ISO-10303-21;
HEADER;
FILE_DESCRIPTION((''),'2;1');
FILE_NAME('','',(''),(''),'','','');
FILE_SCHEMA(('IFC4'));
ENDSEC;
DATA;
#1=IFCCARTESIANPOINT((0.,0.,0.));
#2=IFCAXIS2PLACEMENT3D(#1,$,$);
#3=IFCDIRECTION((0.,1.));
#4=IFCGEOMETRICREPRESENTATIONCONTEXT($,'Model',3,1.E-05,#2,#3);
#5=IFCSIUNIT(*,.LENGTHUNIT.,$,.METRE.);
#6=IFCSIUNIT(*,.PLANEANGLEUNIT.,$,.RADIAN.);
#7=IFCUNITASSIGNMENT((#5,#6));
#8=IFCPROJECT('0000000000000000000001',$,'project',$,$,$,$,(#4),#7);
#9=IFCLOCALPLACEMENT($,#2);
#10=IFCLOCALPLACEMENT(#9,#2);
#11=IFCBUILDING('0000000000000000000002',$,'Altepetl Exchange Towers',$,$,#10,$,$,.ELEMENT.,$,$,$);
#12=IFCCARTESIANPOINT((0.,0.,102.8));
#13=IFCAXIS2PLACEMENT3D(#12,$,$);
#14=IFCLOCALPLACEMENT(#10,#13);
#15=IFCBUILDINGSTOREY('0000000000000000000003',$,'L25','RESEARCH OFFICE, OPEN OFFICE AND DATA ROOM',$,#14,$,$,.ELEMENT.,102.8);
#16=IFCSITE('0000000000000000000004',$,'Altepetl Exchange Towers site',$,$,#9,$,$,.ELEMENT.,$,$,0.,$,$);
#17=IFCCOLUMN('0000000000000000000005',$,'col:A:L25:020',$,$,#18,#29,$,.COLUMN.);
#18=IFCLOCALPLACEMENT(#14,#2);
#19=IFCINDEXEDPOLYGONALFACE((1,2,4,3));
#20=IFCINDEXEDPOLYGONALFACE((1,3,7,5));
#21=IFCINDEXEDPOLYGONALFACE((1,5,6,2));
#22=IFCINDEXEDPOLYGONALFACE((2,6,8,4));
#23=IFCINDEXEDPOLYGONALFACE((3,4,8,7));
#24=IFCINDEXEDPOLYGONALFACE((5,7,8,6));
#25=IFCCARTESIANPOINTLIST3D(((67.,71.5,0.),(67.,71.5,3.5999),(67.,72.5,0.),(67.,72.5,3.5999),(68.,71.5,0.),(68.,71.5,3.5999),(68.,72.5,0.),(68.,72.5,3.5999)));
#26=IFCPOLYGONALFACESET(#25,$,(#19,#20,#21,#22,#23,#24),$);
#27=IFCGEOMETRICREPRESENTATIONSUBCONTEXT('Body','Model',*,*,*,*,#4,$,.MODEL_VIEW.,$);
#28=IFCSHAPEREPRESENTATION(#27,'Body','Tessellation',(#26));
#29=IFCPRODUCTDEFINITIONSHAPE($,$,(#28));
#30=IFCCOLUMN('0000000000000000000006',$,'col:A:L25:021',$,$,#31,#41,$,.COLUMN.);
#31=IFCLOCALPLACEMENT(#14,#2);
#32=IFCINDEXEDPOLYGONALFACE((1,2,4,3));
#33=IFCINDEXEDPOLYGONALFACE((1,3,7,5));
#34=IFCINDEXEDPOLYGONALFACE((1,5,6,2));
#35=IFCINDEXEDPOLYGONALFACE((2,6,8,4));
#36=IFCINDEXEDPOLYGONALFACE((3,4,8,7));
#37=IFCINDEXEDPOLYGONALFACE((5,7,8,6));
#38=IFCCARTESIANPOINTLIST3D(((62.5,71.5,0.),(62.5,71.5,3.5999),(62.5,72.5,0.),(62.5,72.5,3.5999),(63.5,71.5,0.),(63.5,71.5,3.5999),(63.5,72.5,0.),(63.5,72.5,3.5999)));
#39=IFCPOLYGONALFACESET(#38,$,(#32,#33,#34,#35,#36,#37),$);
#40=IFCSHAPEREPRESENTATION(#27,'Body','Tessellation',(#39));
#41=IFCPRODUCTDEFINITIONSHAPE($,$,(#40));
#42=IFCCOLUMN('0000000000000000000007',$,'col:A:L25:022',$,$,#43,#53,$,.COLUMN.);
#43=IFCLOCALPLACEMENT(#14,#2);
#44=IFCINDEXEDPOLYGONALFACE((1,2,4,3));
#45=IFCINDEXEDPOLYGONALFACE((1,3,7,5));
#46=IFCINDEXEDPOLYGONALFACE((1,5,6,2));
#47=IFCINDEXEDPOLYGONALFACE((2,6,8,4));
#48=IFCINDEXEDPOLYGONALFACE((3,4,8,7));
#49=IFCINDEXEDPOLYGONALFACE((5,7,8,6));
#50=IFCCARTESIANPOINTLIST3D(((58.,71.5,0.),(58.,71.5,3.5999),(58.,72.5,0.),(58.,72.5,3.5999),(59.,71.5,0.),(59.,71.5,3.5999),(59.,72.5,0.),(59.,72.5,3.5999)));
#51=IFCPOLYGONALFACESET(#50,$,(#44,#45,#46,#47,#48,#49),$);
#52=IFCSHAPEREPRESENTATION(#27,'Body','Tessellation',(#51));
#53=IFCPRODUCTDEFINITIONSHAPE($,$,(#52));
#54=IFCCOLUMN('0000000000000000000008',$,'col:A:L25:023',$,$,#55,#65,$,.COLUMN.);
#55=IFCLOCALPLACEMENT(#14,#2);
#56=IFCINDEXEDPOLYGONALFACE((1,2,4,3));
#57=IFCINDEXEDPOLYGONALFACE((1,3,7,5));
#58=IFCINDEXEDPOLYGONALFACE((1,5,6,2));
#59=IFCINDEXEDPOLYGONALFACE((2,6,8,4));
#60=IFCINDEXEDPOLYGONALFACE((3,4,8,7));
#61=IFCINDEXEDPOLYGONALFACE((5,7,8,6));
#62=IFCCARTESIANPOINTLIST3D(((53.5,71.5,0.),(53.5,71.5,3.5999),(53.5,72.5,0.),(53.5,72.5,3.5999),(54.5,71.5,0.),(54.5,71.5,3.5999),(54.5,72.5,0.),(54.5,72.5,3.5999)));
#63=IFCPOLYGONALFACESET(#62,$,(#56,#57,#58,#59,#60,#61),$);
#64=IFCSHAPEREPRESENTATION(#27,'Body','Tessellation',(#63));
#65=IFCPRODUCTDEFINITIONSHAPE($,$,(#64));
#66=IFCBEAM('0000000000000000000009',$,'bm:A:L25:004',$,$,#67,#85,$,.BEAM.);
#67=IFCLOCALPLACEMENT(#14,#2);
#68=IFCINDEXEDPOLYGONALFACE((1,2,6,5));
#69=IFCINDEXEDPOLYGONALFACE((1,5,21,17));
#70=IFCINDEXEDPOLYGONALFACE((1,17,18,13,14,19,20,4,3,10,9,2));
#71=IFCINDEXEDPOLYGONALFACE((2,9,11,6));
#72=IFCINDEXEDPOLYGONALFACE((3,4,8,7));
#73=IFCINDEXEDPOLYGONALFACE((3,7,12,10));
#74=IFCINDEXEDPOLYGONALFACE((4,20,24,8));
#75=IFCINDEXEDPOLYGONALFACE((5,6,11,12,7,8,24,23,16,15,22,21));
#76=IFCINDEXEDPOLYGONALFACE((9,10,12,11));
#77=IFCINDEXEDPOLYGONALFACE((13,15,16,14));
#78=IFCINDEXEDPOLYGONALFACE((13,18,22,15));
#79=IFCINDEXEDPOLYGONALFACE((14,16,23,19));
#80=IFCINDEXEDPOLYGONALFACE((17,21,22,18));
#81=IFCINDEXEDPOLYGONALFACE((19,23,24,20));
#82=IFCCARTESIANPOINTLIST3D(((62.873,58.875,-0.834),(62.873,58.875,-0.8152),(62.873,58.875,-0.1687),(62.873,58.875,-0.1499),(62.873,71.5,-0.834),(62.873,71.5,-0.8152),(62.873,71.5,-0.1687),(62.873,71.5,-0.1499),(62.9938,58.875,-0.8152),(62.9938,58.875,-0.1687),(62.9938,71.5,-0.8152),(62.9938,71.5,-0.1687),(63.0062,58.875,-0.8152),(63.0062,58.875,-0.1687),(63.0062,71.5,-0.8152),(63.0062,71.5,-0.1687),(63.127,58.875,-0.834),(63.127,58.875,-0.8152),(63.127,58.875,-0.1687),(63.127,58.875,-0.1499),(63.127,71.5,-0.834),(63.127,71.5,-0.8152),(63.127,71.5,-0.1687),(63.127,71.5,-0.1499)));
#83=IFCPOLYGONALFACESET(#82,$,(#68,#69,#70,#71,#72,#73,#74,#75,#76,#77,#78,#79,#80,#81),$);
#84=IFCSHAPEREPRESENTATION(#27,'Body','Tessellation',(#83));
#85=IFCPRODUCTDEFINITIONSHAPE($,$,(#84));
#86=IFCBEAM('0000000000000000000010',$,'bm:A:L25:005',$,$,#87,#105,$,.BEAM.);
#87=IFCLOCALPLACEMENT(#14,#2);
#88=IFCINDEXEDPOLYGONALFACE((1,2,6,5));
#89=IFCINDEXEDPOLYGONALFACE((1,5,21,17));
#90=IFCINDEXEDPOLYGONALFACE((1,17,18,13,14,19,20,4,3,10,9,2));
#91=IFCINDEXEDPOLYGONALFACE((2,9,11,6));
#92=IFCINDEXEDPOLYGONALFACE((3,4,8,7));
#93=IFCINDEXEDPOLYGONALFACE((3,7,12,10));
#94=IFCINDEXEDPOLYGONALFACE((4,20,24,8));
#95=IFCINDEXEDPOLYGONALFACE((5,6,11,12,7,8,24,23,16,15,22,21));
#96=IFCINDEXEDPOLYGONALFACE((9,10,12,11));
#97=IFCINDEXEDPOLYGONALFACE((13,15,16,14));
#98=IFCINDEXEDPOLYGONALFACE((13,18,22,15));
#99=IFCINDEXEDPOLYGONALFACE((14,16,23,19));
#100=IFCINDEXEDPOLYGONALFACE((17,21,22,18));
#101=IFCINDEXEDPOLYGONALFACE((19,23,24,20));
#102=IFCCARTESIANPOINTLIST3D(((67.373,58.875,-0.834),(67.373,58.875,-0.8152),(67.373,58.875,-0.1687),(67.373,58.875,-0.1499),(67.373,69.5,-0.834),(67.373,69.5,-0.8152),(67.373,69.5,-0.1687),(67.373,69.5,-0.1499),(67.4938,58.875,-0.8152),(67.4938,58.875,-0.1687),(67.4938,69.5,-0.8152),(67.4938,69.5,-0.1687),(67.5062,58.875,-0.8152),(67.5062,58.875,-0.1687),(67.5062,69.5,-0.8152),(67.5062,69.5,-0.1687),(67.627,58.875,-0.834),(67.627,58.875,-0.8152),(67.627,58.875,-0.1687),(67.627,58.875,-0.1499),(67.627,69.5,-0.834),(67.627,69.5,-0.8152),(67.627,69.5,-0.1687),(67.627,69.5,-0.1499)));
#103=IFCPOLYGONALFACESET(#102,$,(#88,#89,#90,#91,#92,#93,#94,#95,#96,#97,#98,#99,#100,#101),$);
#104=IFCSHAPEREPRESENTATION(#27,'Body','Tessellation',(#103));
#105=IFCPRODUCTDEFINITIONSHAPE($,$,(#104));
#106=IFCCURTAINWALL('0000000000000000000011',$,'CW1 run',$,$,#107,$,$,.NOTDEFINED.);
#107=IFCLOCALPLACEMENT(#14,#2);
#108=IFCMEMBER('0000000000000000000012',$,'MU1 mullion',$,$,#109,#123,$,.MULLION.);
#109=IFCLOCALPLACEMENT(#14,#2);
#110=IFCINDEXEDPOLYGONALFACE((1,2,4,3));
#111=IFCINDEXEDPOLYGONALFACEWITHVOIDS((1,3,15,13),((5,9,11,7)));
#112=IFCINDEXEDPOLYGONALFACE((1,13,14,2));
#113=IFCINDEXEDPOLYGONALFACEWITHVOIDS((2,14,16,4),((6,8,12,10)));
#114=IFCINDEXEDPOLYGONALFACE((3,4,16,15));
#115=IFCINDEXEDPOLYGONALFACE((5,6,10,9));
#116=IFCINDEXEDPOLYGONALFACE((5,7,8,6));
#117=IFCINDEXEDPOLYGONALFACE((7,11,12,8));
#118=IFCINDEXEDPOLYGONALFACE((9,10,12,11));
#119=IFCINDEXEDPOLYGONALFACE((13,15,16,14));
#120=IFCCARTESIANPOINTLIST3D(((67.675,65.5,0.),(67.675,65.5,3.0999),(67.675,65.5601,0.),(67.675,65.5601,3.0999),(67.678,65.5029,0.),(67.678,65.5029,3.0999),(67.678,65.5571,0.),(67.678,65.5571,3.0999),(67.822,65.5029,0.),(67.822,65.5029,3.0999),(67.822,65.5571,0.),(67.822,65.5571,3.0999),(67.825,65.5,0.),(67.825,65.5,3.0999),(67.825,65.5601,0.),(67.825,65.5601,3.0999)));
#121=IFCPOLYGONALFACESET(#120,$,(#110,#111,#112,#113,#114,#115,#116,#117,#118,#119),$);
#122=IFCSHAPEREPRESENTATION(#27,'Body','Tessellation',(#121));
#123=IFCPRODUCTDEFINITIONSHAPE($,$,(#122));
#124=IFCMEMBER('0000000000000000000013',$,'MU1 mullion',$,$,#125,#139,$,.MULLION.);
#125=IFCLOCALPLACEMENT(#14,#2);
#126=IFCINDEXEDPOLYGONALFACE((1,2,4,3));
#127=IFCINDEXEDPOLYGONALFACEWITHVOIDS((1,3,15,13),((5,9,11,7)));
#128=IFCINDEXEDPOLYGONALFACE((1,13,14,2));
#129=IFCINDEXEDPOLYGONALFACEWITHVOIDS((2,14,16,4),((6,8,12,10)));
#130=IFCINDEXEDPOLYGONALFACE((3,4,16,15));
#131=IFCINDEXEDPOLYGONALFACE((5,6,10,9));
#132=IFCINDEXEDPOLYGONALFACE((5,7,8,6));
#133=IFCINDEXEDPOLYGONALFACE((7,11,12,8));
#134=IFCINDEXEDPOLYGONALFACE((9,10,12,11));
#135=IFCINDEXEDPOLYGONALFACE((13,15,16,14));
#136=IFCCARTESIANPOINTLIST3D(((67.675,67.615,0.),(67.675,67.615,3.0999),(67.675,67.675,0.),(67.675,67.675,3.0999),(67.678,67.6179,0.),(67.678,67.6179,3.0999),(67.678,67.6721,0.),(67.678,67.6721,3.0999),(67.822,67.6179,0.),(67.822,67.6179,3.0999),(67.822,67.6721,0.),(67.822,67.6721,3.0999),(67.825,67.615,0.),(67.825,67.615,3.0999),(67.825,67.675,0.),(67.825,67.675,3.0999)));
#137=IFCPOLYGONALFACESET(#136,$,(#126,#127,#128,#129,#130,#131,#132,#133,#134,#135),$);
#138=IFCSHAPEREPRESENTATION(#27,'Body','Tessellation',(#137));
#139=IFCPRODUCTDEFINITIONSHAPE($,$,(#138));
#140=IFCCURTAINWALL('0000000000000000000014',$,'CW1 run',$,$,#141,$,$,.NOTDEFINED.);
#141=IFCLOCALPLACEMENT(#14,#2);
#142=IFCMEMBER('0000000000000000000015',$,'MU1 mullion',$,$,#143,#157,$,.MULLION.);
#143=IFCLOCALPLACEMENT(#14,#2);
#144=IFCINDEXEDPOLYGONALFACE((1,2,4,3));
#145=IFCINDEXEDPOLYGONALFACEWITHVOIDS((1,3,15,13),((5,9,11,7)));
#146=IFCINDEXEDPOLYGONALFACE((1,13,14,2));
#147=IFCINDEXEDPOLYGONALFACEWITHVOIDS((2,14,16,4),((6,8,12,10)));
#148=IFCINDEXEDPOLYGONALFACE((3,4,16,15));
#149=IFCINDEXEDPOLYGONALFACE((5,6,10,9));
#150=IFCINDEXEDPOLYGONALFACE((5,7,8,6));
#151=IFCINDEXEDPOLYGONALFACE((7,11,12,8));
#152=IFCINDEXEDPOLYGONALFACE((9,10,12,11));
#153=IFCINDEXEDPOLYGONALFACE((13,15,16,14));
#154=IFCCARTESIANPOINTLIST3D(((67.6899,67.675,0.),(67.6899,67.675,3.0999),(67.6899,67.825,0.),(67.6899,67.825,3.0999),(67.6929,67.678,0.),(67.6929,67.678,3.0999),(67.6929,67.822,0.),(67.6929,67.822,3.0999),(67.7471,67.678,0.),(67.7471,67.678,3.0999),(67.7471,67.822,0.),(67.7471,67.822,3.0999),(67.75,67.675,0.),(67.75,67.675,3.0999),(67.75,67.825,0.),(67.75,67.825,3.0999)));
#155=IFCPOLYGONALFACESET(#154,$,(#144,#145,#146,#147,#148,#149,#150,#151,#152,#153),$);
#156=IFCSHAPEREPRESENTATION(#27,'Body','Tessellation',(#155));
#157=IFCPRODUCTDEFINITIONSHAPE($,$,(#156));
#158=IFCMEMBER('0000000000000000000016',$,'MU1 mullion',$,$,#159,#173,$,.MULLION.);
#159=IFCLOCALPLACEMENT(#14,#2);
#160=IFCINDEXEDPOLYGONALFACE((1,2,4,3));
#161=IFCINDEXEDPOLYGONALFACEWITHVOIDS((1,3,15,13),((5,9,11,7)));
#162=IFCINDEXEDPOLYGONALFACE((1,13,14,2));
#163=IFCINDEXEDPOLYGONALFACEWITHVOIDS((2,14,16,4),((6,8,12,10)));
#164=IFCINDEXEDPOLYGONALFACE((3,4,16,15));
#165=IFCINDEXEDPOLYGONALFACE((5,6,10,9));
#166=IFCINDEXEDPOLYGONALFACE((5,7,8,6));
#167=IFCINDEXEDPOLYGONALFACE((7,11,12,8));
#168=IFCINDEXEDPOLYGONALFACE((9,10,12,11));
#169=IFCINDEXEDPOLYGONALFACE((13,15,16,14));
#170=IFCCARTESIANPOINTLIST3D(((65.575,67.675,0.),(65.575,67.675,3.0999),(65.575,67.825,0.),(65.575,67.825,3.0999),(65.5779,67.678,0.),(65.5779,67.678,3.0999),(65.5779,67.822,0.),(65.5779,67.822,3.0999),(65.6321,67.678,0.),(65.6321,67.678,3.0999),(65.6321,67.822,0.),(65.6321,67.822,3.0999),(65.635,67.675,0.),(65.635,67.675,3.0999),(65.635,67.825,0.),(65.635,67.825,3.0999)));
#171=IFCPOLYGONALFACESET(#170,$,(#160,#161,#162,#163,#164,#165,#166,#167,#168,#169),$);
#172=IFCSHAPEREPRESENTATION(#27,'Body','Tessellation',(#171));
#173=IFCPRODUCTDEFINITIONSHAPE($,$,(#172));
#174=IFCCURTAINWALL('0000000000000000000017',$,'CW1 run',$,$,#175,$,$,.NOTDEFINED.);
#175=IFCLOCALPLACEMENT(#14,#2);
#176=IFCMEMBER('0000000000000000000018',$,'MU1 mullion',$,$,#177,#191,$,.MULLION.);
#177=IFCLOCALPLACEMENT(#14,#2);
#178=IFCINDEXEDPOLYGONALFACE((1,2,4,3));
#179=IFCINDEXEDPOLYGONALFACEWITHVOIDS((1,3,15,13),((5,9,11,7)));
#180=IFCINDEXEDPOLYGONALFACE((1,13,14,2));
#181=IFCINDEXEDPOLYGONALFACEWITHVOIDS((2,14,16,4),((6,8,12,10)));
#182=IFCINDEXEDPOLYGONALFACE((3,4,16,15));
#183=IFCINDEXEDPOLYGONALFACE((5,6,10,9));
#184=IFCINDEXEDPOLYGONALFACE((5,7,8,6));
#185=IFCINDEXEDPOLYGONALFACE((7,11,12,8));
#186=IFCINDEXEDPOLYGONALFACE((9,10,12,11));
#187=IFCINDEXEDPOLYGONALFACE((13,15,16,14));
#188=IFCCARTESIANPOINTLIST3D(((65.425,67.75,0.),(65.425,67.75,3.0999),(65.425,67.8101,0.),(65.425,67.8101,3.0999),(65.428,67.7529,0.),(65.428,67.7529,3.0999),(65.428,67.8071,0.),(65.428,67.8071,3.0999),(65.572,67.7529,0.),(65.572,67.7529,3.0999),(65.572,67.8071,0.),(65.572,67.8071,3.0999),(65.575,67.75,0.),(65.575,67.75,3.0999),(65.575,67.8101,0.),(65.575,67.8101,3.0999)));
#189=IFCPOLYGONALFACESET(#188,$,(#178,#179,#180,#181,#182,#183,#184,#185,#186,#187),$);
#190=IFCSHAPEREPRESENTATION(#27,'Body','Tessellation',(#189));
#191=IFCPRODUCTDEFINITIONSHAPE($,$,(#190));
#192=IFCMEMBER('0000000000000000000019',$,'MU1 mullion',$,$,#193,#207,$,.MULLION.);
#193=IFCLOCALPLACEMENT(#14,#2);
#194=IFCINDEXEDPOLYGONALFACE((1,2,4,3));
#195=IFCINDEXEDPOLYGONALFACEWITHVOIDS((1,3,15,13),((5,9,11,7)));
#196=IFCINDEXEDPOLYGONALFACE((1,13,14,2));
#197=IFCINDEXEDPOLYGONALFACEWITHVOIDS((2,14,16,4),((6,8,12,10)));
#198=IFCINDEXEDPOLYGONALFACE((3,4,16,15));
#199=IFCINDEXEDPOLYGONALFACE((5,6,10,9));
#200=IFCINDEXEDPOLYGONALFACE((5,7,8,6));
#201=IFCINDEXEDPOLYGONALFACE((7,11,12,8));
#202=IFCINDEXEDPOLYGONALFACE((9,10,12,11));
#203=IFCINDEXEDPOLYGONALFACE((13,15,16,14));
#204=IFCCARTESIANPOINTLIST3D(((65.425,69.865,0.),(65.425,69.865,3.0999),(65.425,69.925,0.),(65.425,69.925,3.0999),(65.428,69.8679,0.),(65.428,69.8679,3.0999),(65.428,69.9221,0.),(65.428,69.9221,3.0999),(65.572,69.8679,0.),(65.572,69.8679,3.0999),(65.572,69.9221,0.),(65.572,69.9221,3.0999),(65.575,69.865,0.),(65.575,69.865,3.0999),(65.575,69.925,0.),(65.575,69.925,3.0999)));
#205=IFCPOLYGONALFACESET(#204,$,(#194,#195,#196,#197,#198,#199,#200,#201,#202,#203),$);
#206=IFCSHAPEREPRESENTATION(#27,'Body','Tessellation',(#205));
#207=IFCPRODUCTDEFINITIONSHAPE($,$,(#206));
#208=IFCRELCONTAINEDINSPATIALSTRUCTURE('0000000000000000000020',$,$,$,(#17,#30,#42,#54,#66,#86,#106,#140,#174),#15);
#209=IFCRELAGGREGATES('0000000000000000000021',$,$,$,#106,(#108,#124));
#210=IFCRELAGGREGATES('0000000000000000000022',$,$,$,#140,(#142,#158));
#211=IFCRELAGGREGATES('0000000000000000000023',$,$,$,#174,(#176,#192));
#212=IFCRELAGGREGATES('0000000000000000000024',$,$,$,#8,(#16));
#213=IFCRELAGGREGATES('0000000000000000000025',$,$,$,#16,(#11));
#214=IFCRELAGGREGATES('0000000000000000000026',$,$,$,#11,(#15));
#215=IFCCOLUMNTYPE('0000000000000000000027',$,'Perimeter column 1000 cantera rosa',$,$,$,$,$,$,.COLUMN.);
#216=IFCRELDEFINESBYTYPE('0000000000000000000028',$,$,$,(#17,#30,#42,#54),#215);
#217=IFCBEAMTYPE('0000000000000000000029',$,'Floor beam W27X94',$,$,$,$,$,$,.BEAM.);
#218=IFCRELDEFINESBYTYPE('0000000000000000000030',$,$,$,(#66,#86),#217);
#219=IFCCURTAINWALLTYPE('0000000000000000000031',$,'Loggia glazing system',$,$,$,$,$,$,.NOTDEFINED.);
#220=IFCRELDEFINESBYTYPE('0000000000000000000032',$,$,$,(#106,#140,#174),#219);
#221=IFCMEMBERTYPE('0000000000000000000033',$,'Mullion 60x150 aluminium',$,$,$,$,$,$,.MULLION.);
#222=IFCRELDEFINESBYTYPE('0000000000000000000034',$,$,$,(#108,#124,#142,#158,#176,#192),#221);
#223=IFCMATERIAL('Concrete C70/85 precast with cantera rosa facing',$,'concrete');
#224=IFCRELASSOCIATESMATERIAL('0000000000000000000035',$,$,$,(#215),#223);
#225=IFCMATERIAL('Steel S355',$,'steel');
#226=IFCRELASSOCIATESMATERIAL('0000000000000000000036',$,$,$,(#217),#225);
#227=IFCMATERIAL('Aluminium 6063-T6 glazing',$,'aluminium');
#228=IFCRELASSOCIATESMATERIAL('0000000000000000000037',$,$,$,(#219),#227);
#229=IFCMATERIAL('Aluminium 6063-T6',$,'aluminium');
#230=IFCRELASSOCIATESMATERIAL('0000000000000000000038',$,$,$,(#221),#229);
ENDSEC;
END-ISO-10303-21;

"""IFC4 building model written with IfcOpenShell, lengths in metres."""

from ifc_helpers import new_model, si_unit, direction, frame, origin, origin_2d, place, context, subcontext, project, spatial, rectangle, hollow_rectangle, i_section, extrude, material, material_profile, profile_set, type_object, element, aggregate, save


model = new_model("IFC4")

# Units and contexts
model_context = context("Model", 3, precision=1e-05, world=origin(), true_north=direction((0.0, 1.0)))
body_context = subcontext(model_context, "Body", "Model", "MODEL_VIEW")
ifc_project = project(units=[si_unit("LENGTHUNIT", "METRE"), si_unit("PLANEANGLEUNIT", "RADIAN")], contexts=[model_context])

# Site, building, storey
site_placement = place(None, origin())
site = spatial("IfcSite", under=ifc_project, at=site_placement, Name="Altepetl Exchange Towers site", CompositionType="ELEMENT", RefElevation=0.0)
building_placement = place(site_placement, origin())
building = spatial("IfcBuilding", under=site, at=building_placement, Name="Altepetl Exchange Towers", CompositionType="ELEMENT")
storey_placement = place(building_placement, frame((0.0, 0.0, 102.8)))
storey = spatial("IfcBuildingStorey", under=building, at=storey_placement, Name="L25", Description="RESEARCH OFFICE, OPEN OFFICE AND DATA ROOM", CompositionType="ELEMENT", Elevation=102.8)

# Columns
ifc_material_1 = material(Name="Concrete C70/85 precast with cantera rosa facing", Category="concrete")
ifc_material_profile_1 = material_profile(ifc_material_1, rectangle(XDim=1.0, YDim=1.0, at=origin_2d()), Name="1000 x 1000")
ifc_profile_set_1 = profile_set([ifc_material_profile_1], Name="Concrete C70/85 precast with cantera rosa facing")
column_type = type_object("IfcColumnType", Name="Perimeter column 1000 cantera rosa", PredefinedType="COLUMN", material=ifc_profile_set_1)
for number, where, name in (
    (1, (67.5, 72.0, 0.0), "col:A:L25:020"),
    (2, (63.0, 72.0, 0.0), "col:A:L25:021"),
    (3, (58.5, 72.0, 0.0), "col:A:L25:022"),
    (4, (54.0, 72.0, 0.0), "col:A:L25:023"),
):
    element("IfcColumn", number, at=place(storey_placement, frame(where)), inside=storey, type_object=column_type, Name=name, PredefinedType="COLUMN", context=body_context, shape_type="SweptSolid", body=[
        extrude(rectangle(XDim=1.0, YDim=1.0, at=origin_2d()), origin(), (0.0, 0.0, 1.0), 3.5999),
    ])

# Beams
ifc_material_2 = material(Name="Steel S355", Category="steel")
ifc_material_profile_2 = material_profile(ifc_material_2, i_section(OverallWidth=0.2539, OverallDepth=0.6841, WebThickness=0.0125, FlangeThickness=0.0188, at=origin_2d()), Name="W27X94")
ifc_profile_set_2 = profile_set([ifc_material_profile_2], Name="Steel S355")
beam_type_1 = type_object("IfcBeamType", Name="Floor beam W27X94", PredefinedType="BEAM", material=ifc_profile_set_2)
beam_1_placement = place(storey_placement, frame((63.0, 58.875, -0.4919), z_axis=(0.0, 1.0, 0.0), x_axis=(-1.0, 0.0, 0.0)))
element("IfcBeam", 5, at=beam_1_placement, inside=storey, type_object=beam_type_1, Name="bm:A:L25:004", PredefinedType="BEAM", context=body_context, shape_type="SweptSolid", body=[
    extrude(i_section(OverallWidth=0.2539, OverallDepth=0.6841, WebThickness=0.0125, FlangeThickness=0.0188, at=origin_2d()), origin(), (0.0, 0.0, 1.0), 12.625),
])
beam_2_placement = place(storey_placement, frame((67.5, 58.875, -0.4919), z_axis=(0.0, 1.0, 0.0), x_axis=(-1.0, 0.0, 0.0)))
element("IfcBeam", 6, at=beam_2_placement, inside=storey, type_object=beam_type_1, Name="bm:A:L25:005", PredefinedType="BEAM", context=body_context, shape_type="SweptSolid", body=[
    extrude(i_section(OverallWidth=0.2539, OverallDepth=0.6841, WebThickness=0.0125, FlangeThickness=0.0188, at=origin_2d()), origin(), (0.0, 0.0, 1.0), 10.625),
])

# Curtain walls, members
ifc_material_3 = material(Name="Aluminium 6063-T6 glazing", Category="aluminium")
curtain_wall_type = type_object("IfcCurtainWallType", Name="Loggia glazing system", PredefinedType="NOTDEFINED", material=ifc_material_3)
curtain_wall_1_placement = place(storey_placement, origin())
curtain_wall_1 = element("IfcCurtainWall", 7, at=curtain_wall_1_placement, inside=storey, type_object=curtain_wall_type, Name="CW1 run", PredefinedType="NOTDEFINED")
ifc_material_4 = material(Name="Aluminium 6063-T6", Category="aluminium")
ifc_material_profile_3 = material_profile(ifc_material_4, hollow_rectangle(XDim=0.0601, YDim=0.1499, WallThickness=0.0029, at=origin_2d()), Name="Mullion 60x150 aluminium")
ifc_profile_set_3 = profile_set([ifc_material_profile_3], Name="Aluminium 6063-T6")
member_type = type_object("IfcMemberType", Name="Mullion 60x150 aluminium", PredefinedType="MULLION", material=ifc_profile_set_3)
member_1_placement = place(storey_placement, frame((67.75, 65.53, 0.0), z_axis=(0.0, 0.0, 1.0), x_axis=(0.0, 1.0, 0.0)))
member_1 = element("IfcMember", 8, at=member_1_placement, type_object=member_type, Name="MU1 mullion", PredefinedType="MULLION", context=body_context, shape_type="SweptSolid", body=[
    extrude(hollow_rectangle(XDim=0.0601, YDim=0.1499, WallThickness=0.0029, at=origin_2d()), origin(), (0.0, 0.0, 1.0), 3.0999),
])
member_2_placement = place(storey_placement, frame((67.75, 67.645, 0.0), z_axis=(0.0, 0.0, 1.0), x_axis=(0.0, 1.0, 0.0)))
member_2 = element("IfcMember", 9, at=member_2_placement, type_object=member_type, Name="MU1 mullion", PredefinedType="MULLION", context=body_context, shape_type="SweptSolid", body=[
    extrude(hollow_rectangle(XDim=0.0601, YDim=0.1499, WallThickness=0.0029, at=origin_2d()), origin(), (0.0, 0.0, 1.0), 3.0999),
])
curtain_wall_2_placement = place(storey_placement, origin())
curtain_wall_2 = element("IfcCurtainWall", 10, at=curtain_wall_2_placement, inside=storey, type_object=curtain_wall_type, Name="CW1 run", PredefinedType="NOTDEFINED")
member_3_placement = place(storey_placement, frame((67.72, 67.75, 0.0), z_axis=(0.0, 0.0, 1.0), x_axis=(-1.0, 0.0, 0.0)))
member_3 = element("IfcMember", 11, at=member_3_placement, type_object=member_type, Name="MU1 mullion", PredefinedType="MULLION", context=body_context, shape_type="SweptSolid", body=[
    extrude(hollow_rectangle(XDim=0.0601, YDim=0.1499, WallThickness=0.0029, at=origin_2d()), origin(), (0.0, 0.0, 1.0), 3.0999),
])
member_4_placement = place(storey_placement, frame((65.605, 67.75, 0.0), z_axis=(0.0, 0.0, 1.0), x_axis=(-1.0, 0.0, 0.0)))
member_4 = element("IfcMember", 12, at=member_4_placement, type_object=member_type, Name="MU1 mullion", PredefinedType="MULLION", context=body_context, shape_type="SweptSolid", body=[
    extrude(hollow_rectangle(XDim=0.0601, YDim=0.1499, WallThickness=0.0029, at=origin_2d()), origin(), (0.0, 0.0, 1.0), 3.0999),
])
curtain_wall_3_placement = place(storey_placement, origin())
curtain_wall_3 = element("IfcCurtainWall", 13, at=curtain_wall_3_placement, inside=storey, type_object=curtain_wall_type, Name="CW1 run", PredefinedType="NOTDEFINED")
member_5_placement = place(storey_placement, frame((65.5, 67.78, 0.0), z_axis=(0.0, 0.0, 1.0), x_axis=(0.0, 1.0, 0.0)))
member_5 = element("IfcMember", 14, at=member_5_placement, type_object=member_type, Name="MU1 mullion", PredefinedType="MULLION", context=body_context, shape_type="SweptSolid", body=[
    extrude(hollow_rectangle(XDim=0.0601, YDim=0.1499, WallThickness=0.0029, at=origin_2d()), origin(), (0.0, 0.0, 1.0), 3.0999),
])
member_6_placement = place(storey_placement, frame((65.5, 69.895, 0.0), z_axis=(0.0, 0.0, 1.0), x_axis=(0.0, 1.0, 0.0)))
member_6 = element("IfcMember", 15, at=member_6_placement, type_object=member_type, Name="MU1 mullion", PredefinedType="MULLION", context=body_context, shape_type="SweptSolid", body=[
    extrude(hollow_rectangle(XDim=0.0601, YDim=0.1499, WallThickness=0.0029, at=origin_2d()), origin(), (0.0, 0.0, 1.0), 3.0999),
])

aggregate(curtain_wall_1, [member_1, member_2])
aggregate(curtain_wall_2, [member_3, member_4])
aggregate(curtain_wall_3, [member_5, member_6])

save(model, "model.ifc")
